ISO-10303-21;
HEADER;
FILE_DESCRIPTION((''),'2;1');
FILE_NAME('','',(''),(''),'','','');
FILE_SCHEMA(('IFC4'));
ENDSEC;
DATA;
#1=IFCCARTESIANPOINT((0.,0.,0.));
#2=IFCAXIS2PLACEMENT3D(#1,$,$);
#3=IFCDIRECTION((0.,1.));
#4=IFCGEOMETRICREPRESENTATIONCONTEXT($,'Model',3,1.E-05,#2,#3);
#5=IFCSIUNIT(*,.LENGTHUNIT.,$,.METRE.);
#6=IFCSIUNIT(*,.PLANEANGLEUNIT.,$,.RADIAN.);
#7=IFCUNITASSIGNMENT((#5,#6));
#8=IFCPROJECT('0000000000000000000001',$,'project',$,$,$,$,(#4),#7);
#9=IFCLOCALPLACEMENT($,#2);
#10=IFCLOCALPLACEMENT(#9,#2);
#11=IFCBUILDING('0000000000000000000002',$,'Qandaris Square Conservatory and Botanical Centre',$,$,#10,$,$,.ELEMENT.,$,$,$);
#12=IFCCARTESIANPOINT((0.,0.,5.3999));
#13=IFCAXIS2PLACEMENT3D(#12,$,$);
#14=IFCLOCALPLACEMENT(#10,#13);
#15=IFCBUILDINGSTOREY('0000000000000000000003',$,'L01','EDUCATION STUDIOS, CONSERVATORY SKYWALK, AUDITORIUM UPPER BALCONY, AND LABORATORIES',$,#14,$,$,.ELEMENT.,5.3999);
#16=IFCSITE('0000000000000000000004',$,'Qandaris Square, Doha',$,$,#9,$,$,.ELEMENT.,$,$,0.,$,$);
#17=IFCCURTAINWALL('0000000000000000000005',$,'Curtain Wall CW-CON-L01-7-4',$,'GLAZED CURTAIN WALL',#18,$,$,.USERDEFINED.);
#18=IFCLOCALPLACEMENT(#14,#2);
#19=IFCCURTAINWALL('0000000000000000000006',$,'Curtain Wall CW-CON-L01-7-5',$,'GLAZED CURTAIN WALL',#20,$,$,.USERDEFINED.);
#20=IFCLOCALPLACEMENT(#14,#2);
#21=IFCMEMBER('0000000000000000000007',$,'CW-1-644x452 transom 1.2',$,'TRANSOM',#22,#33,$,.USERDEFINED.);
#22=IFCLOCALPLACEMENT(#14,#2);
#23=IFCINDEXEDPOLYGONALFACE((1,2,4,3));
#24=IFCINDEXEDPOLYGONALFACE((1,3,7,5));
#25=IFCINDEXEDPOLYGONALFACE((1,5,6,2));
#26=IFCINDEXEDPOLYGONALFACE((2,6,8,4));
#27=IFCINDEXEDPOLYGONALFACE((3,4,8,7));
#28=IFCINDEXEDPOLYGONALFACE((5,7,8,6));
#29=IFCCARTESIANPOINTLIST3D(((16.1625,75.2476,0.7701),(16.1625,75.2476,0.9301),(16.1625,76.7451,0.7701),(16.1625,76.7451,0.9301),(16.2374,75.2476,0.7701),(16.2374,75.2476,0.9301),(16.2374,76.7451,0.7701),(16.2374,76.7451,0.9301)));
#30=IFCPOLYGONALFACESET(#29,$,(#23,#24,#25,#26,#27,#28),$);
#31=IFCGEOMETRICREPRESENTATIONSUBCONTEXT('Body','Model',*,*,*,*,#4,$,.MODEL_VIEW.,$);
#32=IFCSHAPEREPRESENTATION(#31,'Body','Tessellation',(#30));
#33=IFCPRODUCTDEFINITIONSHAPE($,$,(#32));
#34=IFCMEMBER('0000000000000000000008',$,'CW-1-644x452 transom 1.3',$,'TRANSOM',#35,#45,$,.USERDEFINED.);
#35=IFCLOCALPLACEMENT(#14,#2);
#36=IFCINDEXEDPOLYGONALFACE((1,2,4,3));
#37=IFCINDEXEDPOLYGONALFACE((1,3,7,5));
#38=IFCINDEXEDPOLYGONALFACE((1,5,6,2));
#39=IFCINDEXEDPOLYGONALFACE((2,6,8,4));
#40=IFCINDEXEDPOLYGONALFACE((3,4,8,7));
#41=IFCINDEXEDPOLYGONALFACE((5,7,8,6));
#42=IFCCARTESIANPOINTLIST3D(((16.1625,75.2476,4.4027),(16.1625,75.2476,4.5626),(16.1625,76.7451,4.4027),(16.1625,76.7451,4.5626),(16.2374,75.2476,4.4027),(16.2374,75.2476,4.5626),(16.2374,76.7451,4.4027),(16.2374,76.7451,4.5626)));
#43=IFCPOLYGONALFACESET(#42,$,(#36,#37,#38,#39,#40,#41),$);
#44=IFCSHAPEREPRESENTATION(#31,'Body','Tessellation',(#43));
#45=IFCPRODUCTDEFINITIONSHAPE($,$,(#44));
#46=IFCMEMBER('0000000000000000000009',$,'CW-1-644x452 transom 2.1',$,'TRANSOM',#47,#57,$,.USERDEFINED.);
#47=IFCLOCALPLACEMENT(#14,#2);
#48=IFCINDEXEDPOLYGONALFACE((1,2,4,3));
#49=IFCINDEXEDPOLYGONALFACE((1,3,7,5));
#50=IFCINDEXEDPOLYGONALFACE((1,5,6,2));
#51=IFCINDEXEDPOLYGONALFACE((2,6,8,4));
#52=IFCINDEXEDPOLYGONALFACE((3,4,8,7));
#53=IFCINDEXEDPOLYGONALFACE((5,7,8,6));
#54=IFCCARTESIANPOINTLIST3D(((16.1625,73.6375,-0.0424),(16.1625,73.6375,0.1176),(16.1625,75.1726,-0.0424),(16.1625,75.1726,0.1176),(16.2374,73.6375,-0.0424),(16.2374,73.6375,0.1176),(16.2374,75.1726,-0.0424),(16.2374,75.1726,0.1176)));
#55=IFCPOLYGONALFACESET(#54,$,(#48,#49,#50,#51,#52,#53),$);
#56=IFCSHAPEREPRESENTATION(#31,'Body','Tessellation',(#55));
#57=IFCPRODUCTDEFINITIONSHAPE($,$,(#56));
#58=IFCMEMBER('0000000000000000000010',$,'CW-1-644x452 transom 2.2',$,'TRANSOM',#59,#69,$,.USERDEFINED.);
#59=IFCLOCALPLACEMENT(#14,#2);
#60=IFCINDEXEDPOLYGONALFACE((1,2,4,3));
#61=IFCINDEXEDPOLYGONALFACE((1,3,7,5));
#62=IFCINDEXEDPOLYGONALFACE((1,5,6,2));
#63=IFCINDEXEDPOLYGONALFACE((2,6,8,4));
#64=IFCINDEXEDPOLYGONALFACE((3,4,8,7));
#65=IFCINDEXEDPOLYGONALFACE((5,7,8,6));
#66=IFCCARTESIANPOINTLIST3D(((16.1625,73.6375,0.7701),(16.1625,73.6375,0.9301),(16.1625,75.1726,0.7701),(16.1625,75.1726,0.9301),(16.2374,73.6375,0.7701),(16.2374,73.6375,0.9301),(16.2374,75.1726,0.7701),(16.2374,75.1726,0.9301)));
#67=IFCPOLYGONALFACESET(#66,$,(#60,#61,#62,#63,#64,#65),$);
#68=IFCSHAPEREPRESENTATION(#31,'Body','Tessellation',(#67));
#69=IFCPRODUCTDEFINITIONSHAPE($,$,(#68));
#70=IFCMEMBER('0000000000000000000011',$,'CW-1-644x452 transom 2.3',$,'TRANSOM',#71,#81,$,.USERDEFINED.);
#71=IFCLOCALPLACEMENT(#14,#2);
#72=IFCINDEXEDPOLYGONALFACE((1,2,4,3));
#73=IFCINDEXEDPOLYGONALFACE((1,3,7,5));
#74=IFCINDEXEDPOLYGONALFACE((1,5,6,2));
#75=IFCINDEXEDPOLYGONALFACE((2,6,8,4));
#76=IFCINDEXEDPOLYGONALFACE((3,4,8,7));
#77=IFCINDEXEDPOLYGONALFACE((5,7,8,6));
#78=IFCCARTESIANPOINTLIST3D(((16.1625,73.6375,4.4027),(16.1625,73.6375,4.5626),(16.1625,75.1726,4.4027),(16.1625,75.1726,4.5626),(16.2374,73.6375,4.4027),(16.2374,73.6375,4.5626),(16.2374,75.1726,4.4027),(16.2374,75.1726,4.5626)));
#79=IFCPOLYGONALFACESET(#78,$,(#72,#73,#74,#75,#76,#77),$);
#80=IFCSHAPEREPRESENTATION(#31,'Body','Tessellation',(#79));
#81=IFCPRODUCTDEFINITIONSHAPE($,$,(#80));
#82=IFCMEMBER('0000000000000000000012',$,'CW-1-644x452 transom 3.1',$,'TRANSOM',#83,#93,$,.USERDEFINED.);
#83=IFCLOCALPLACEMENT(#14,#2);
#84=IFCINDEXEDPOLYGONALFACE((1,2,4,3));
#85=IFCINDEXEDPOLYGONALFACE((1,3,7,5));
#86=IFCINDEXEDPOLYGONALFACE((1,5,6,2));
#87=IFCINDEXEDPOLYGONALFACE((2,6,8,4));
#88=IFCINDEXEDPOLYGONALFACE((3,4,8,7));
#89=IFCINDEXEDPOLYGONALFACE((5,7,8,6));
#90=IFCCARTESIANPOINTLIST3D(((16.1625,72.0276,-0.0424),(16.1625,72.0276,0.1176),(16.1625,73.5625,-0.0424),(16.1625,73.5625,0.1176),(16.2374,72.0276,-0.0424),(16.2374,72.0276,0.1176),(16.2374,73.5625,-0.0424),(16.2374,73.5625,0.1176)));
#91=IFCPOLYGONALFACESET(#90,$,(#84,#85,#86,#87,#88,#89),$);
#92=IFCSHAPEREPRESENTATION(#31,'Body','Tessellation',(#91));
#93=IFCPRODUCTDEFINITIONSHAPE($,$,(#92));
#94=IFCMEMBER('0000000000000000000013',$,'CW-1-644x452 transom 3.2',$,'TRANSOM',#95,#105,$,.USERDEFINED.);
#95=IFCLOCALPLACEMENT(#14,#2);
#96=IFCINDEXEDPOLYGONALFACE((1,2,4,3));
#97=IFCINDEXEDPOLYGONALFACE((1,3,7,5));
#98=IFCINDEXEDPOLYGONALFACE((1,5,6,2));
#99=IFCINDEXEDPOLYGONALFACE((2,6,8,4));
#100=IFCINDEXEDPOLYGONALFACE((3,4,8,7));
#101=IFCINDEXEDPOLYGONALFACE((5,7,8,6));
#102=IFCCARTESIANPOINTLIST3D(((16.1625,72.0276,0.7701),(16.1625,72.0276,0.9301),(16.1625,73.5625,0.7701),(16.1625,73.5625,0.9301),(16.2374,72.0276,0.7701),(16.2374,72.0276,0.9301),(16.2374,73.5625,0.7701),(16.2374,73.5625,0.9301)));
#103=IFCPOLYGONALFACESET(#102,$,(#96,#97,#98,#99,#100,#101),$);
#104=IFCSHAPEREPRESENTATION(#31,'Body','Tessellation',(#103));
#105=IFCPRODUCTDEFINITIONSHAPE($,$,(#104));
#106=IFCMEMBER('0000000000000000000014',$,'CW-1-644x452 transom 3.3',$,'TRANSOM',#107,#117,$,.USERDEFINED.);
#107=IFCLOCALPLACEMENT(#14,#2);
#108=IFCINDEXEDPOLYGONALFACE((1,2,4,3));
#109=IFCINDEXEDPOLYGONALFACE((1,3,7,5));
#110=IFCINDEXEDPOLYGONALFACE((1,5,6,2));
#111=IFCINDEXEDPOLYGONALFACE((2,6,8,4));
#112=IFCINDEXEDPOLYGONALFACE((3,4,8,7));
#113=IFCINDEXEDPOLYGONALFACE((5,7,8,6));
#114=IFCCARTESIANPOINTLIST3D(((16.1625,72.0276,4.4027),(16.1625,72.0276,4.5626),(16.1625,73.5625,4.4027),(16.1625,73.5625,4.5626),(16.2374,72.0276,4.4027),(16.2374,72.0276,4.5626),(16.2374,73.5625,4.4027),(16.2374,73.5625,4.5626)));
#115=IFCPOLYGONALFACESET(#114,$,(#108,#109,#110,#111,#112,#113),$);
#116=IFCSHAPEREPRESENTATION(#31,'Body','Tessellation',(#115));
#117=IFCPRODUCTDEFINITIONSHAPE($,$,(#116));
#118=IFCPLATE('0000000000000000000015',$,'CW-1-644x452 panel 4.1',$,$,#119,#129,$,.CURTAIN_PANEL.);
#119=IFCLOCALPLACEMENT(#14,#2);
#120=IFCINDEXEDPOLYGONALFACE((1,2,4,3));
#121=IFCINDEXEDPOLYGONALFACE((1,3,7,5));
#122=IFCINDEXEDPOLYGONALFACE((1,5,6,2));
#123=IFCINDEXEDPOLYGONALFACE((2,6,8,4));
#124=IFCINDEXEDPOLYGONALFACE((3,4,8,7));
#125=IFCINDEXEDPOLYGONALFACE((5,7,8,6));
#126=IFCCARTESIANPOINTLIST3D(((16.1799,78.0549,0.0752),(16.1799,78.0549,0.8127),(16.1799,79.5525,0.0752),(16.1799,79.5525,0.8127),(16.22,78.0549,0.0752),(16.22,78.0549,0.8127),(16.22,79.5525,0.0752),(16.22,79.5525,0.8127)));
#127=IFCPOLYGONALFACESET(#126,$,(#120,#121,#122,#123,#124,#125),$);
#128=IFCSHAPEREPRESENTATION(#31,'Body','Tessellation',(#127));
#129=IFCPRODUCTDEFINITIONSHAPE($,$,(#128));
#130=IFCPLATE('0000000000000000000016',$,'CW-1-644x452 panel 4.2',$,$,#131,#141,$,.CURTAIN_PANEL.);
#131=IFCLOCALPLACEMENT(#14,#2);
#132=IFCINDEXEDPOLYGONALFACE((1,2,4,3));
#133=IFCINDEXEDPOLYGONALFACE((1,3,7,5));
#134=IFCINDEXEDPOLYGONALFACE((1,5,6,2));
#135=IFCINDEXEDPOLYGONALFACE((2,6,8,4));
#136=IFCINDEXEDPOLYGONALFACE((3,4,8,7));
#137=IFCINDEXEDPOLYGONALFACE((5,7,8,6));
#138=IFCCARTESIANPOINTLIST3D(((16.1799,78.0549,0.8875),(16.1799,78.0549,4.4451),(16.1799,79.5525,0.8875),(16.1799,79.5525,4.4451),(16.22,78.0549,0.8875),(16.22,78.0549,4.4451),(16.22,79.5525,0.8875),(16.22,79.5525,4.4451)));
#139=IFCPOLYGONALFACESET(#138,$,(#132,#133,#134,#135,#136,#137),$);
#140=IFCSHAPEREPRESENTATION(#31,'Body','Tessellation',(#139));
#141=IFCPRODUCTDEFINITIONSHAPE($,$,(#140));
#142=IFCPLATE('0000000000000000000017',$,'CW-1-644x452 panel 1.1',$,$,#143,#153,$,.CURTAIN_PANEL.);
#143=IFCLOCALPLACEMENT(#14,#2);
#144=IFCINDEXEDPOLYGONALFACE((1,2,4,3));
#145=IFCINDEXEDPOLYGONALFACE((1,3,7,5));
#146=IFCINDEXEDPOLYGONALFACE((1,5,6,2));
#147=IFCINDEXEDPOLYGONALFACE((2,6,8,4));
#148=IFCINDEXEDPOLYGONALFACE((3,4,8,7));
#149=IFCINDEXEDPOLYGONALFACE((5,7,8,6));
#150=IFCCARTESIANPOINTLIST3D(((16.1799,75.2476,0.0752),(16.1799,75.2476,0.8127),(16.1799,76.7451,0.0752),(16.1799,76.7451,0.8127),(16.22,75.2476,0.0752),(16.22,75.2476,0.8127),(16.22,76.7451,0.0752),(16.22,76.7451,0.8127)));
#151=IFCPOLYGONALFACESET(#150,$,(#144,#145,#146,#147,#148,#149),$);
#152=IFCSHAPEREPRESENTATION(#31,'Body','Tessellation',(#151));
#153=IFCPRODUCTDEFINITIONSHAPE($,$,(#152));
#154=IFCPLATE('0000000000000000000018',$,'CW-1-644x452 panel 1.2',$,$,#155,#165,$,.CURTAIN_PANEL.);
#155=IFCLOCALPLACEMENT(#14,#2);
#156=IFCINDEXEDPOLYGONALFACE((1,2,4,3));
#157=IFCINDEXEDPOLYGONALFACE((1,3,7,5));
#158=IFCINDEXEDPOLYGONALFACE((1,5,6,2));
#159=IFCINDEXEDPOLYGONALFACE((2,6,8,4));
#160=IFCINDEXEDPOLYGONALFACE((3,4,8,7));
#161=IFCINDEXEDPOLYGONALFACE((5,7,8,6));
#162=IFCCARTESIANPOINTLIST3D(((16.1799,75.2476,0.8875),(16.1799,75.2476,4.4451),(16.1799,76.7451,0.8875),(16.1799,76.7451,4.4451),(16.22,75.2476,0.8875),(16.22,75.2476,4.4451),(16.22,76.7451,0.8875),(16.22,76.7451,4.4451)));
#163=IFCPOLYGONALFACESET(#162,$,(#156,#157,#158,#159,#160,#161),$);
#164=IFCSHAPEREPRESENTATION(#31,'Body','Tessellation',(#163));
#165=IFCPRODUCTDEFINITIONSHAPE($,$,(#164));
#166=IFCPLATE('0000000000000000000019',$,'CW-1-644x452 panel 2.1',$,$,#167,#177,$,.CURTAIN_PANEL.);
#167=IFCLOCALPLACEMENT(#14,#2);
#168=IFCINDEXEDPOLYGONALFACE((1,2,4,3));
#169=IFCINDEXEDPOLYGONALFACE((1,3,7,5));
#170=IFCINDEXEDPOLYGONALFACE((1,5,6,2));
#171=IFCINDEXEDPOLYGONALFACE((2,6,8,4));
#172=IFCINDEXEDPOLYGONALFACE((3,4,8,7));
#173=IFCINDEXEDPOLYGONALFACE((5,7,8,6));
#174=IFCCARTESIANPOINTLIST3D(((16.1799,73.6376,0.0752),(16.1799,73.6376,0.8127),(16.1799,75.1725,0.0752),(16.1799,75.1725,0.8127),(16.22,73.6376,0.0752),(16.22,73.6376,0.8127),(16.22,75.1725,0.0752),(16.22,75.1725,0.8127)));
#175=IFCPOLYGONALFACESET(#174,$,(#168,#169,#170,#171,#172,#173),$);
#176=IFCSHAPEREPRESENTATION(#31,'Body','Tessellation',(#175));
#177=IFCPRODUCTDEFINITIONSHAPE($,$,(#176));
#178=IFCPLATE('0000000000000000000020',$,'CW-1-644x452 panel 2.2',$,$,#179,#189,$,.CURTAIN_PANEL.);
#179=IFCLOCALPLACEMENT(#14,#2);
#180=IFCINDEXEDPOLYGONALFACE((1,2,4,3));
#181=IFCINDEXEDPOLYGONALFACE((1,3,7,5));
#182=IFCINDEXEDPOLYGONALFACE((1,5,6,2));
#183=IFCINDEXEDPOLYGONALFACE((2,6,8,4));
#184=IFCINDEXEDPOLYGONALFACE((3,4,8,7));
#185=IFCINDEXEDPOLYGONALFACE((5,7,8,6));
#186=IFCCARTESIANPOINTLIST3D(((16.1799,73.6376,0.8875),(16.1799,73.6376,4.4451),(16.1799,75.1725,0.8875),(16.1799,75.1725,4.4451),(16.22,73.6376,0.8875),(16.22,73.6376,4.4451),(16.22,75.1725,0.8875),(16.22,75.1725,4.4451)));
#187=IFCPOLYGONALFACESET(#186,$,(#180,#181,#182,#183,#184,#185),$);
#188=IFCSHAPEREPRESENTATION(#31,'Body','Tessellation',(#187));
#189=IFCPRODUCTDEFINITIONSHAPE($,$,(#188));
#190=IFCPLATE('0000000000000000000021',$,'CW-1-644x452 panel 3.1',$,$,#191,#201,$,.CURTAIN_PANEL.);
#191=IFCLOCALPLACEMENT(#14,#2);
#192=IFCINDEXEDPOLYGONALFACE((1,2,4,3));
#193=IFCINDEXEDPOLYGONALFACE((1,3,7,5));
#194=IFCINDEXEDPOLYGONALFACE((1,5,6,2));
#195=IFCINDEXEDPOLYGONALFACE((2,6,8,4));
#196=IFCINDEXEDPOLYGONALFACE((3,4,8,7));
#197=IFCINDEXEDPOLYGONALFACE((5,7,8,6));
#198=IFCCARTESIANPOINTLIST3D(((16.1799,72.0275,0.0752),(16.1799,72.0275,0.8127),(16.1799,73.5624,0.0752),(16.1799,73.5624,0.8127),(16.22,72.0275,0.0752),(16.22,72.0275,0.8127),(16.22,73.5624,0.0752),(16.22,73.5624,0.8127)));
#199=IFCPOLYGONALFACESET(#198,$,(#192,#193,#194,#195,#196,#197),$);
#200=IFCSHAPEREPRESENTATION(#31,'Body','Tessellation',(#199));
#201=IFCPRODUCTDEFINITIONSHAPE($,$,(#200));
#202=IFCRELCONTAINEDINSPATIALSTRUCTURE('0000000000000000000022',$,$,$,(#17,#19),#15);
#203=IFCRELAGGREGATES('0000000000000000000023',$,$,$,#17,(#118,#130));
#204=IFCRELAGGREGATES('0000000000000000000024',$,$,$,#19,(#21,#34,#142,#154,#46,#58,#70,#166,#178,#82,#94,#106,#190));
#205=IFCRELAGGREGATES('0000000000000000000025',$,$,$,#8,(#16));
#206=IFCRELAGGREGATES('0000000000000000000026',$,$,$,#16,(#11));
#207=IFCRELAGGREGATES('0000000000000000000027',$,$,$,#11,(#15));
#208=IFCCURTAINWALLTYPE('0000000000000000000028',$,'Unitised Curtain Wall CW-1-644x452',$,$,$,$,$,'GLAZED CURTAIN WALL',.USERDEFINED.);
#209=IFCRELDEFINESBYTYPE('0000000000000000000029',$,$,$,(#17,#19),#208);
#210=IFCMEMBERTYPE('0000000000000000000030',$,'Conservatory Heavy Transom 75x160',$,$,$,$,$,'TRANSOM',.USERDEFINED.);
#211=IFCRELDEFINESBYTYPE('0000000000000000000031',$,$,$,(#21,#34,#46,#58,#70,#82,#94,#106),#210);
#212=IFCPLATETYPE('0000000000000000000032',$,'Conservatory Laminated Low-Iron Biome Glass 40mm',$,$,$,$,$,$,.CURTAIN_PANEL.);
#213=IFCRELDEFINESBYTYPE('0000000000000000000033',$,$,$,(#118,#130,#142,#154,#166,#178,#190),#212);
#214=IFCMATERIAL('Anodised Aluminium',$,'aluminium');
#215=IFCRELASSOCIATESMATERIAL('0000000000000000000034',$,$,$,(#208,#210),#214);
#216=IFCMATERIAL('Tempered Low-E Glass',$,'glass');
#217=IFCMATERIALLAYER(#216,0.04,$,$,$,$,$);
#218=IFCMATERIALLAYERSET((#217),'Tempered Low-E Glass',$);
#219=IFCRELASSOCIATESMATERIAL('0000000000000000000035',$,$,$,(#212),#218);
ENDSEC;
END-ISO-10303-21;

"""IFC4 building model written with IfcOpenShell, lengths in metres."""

from ifc_helpers import new_model, si_unit, direction, frame, origin, origin_2d, place, context, subcontext, project, spatial, rectangle, extrude, material, layer, layer_set, material_profile, profile_set, type_object, element, aggregate, save


model = new_model("IFC4")

# Units and contexts
model_context = context("Model", 3, precision=1e-05, world=origin(), true_north=direction((0.0, 1.0)))
body_context = subcontext(model_context, "Body", "Model", "MODEL_VIEW")
ifc_project = project(units=[si_unit("LENGTHUNIT", "METRE"), si_unit("PLANEANGLEUNIT", "RADIAN")], contexts=[model_context])

# Site, building, storey
site_placement = place(None, origin())
site = spatial("IfcSite", under=ifc_project, at=site_placement, Name="Qandaris Square, Doha", CompositionType="ELEMENT", RefElevation=0.0)
building_placement = place(site_placement, origin())
building = spatial("IfcBuilding", under=site, at=building_placement, Name="Qandaris Square Conservatory and Botanical Centre", CompositionType="ELEMENT")
storey_placement = place(building_placement, frame((0.0, 0.0, 5.3999)))
storey = spatial("IfcBuildingStorey", under=building, at=storey_placement, Name="L01", Description="EDUCATION STUDIOS, CONSERVATORY SKYWALK, AUDITORIUM UPPER BALCONY, AND LABORATORIES", CompositionType="ELEMENT", Elevation=5.3999)

# Curtain wall
ifc_material_1 = material(Name="Anodised Aluminium", Category="aluminium")
curtain_wall_type = type_object("IfcCurtainWallType", Name="Unitised Curtain Wall CW-1-644x452", ElementType="GLAZED CURTAIN WALL", PredefinedType="USERDEFINED", material=ifc_material_1)
curtain_wall_1_placement = place(storey_placement, origin())
curtain_wall_1 = element("IfcCurtainWall", 1, at=curtain_wall_1_placement, inside=storey, type_object=curtain_wall_type, Name="Curtain Wall CW-CON-L01-7-4", ObjectType="GLAZED CURTAIN WALL", PredefinedType="USERDEFINED")

# Curtain wall
curtain_wall_2_placement = place(storey_placement, origin())
curtain_wall_2 = element("IfcCurtainWall", 2, at=curtain_wall_2_placement, inside=storey, type_object=curtain_wall_type, Name="Curtain Wall CW-CON-L01-7-5", ObjectType="GLAZED CURTAIN WALL", PredefinedType="USERDEFINED")

# Members
ifc_material_profile_1 = material_profile(ifc_material_1, rectangle(XDim=0.075, YDim=0.1599, at=origin_2d()), Name="ALU-TRN 75x160")
ifc_profile_set_1 = profile_set([ifc_material_profile_1], Name="Anodised Aluminium")
member_type_1 = type_object("IfcMemberType", Name="Conservatory Heavy Transom 75x160", ElementType="TRANSOM", PredefinedType="USERDEFINED", material=ifc_profile_set_1)
member_1_placement = place(storey_placement, frame((16.2, 76.7451, 0.8501), z_axis=(0.0, -1.0, 0.0), x_axis=(1.0, 0.0, 0.0)))
member_1 = element("IfcMember", 3, at=member_1_placement, type_object=member_type_1, Name="CW-1-644x452 transom 1.2", ObjectType="TRANSOM", PredefinedType="USERDEFINED", context=body_context, shape_type="SweptSolid", body=[
    extrude(rectangle(XDim=0.075, YDim=0.1599, at=origin_2d()), origin(), (0.0, 0.0, 1.0), 1.4976),
])
member_2_placement = place(storey_placement, frame((16.2, 76.7451, 4.4827), z_axis=(0.0, -1.0, 0.0), x_axis=(1.0, 0.0, 0.0)))
member_2 = element("IfcMember", 4, at=member_2_placement, type_object=member_type_1, Name="CW-1-644x452 transom 1.3", ObjectType="TRANSOM", PredefinedType="USERDEFINED", context=body_context, shape_type="SweptSolid", body=[
    extrude(rectangle(XDim=0.075, YDim=0.1599, at=origin_2d()), origin(), (0.0, 0.0, 1.0), 1.4976),
])
member_3_placement = place(storey_placement, frame((16.2, 75.1726, 0.0376), z_axis=(0.0, -1.0, 0.0), x_axis=(1.0, 0.0, 0.0)))
member_3 = element("IfcMember", 5, at=member_3_placement, type_object=member_type_1, Name="CW-1-644x452 transom 2.1", ObjectType="TRANSOM", PredefinedType="USERDEFINED", context=body_context, shape_type="SweptSolid", body=[
    extrude(rectangle(XDim=0.075, YDim=0.1599, at=origin_2d()), origin(), (0.0, 0.0, 1.0), 1.5352),
])
member_4_placement = place(storey_placement, frame((16.2, 75.1726, 0.8501), z_axis=(0.0, -1.0, 0.0), x_axis=(1.0, 0.0, 0.0)))
member_4 = element("IfcMember", 6, at=member_4_placement, type_object=member_type_1, Name="CW-1-644x452 transom 2.2", ObjectType="TRANSOM", PredefinedType="USERDEFINED", context=body_context, shape_type="SweptSolid", body=[
    extrude(rectangle(XDim=0.075, YDim=0.1599, at=origin_2d()), origin(), (0.0, 0.0, 1.0), 1.5352),
])
member_5_placement = place(storey_placement, frame((16.2, 75.1726, 4.4827), z_axis=(0.0, -1.0, 0.0), x_axis=(1.0, 0.0, 0.0)))
member_5 = element("IfcMember", 7, at=member_5_placement, type_object=member_type_1, Name="CW-1-644x452 transom 2.3", ObjectType="TRANSOM", PredefinedType="USERDEFINED", context=body_context, shape_type="SweptSolid", body=[
    extrude(rectangle(XDim=0.075, YDim=0.1599, at=origin_2d()), origin(), (0.0, 0.0, 1.0), 1.5352),
])
member_6_placement = place(storey_placement, frame((16.2, 73.5625, 0.0376), z_axis=(0.0, -1.0, 0.0), x_axis=(1.0, 0.0, 0.0)))
member_6 = element("IfcMember", 8, at=member_6_placement, type_object=member_type_1, Name="CW-1-644x452 transom 3.1", ObjectType="TRANSOM", PredefinedType="USERDEFINED", context=body_context, shape_type="SweptSolid", body=[
    extrude(rectangle(XDim=0.075, YDim=0.1599, at=origin_2d()), origin(), (0.0, 0.0, 1.0), 1.5349),
])
member_7_placement = place(storey_placement, frame((16.2, 73.5625, 0.8501), z_axis=(0.0, -1.0, 0.0), x_axis=(1.0, 0.0, 0.0)))
member_7 = element("IfcMember", 9, at=member_7_placement, type_object=member_type_1, Name="CW-1-644x452 transom 3.2", ObjectType="TRANSOM", PredefinedType="USERDEFINED", context=body_context, shape_type="SweptSolid", body=[
    extrude(rectangle(XDim=0.075, YDim=0.1599, at=origin_2d()), origin(), (0.0, 0.0, 1.0), 1.5349),
])
member_8_placement = place(storey_placement, frame((16.2, 73.5625, 4.4827), z_axis=(0.0, -1.0, 0.0), x_axis=(1.0, 0.0, 0.0)))
member_8 = element("IfcMember", 10, at=member_8_placement, type_object=member_type_1, Name="CW-1-644x452 transom 3.3", ObjectType="TRANSOM", PredefinedType="USERDEFINED", context=body_context, shape_type="SweptSolid", body=[
    extrude(rectangle(XDim=0.075, YDim=0.1599, at=origin_2d()), origin(), (0.0, 0.0, 1.0), 1.5349),
])

# Plates
ifc_material_2 = material(Name="Tempered Low-E Glass", Category="glass")
ifc_layer_1 = layer(ifc_material_2, 0.04)
ifc_layer_set_1 = layer_set([ifc_layer_1], Name="Tempered Low-E Glass")
plate_type_1 = type_object("IfcPlateType", Name="Conservatory Laminated Low-Iron Biome Glass 40mm", PredefinedType="CURTAIN_PANEL", material=ifc_layer_set_1)
plate_1_placement = place(storey_placement, frame((16.2, 78.8037, 0.0752), z_axis=(0.0, 0.0, 1.0), x_axis=(0.0, -1.0, 0.0)))
plate_1 = element("IfcPlate", 11, at=plate_1_placement, type_object=plate_type_1, Name="CW-1-644x452 panel 4.1", PredefinedType="CURTAIN_PANEL", context=body_context, shape_type="SweptSolid", body=[
    extrude(rectangle(XDim=1.4976, YDim=0.04, at=origin_2d()), origin(), (0.0, 0.0, 1.0), 0.7375),
])
plate_2_placement = place(storey_placement, frame((16.2, 78.8037, 0.8875), z_axis=(0.0, 0.0, 1.0), x_axis=(0.0, -1.0, 0.0)))
plate_2 = element("IfcPlate", 12, at=plate_2_placement, type_object=plate_type_1, Name="CW-1-644x452 panel 4.2", PredefinedType="CURTAIN_PANEL", context=body_context, shape_type="SweptSolid", body=[
    extrude(rectangle(XDim=1.4976, YDim=0.04, at=origin_2d()), origin(), (0.0, 0.0, 1.0), 3.5576),
])
aggregate(curtain_wall_1, [plate_1, plate_2])
plate_3_placement = place(storey_placement, frame((16.2, 75.9963, 0.0752), z_axis=(0.0, 0.0, 1.0), x_axis=(0.0, -1.0, 0.0)))
plate_3 = element("IfcPlate", 13, at=plate_3_placement, type_object=plate_type_1, Name="CW-1-644x452 panel 1.1", PredefinedType="CURTAIN_PANEL", context=body_context, shape_type="SweptSolid", body=[
    extrude(rectangle(XDim=1.4976, YDim=0.04, at=origin_2d()), origin(), (0.0, 0.0, 1.0), 0.7375),
])
plate_4_placement = place(storey_placement, frame((16.2, 75.9963, 0.8875), z_axis=(0.0, 0.0, 1.0), x_axis=(0.0, -1.0, 0.0)))
plate_4 = element("IfcPlate", 14, at=plate_4_placement, type_object=plate_type_1, Name="CW-1-644x452 panel 1.2", PredefinedType="CURTAIN_PANEL", context=body_context, shape_type="SweptSolid", body=[
    extrude(rectangle(XDim=1.4976, YDim=0.04, at=origin_2d()), origin(), (0.0, 0.0, 1.0), 3.5576),
])
plate_5_placement = place(storey_placement, frame((16.2, 74.405, 0.0752), z_axis=(0.0, 0.0, 1.0), x_axis=(0.0, -1.0, 0.0)))
plate_5 = element("IfcPlate", 15, at=plate_5_placement, type_object=plate_type_1, Name="CW-1-644x452 panel 2.1", PredefinedType="CURTAIN_PANEL", context=body_context, shape_type="SweptSolid", body=[
    extrude(rectangle(XDim=1.5349, YDim=0.04, at=origin_2d()), origin(), (0.0, 0.0, 1.0), 0.7375),
])
plate_6_placement = place(storey_placement, frame((16.2, 74.405, 0.8875), z_axis=(0.0, 0.0, 1.0), x_axis=(0.0, -1.0, 0.0)))
plate_6 = element("IfcPlate", 16, at=plate_6_placement, type_object=plate_type_1, Name="CW-1-644x452 panel 2.2", PredefinedType="CURTAIN_PANEL", context=body_context, shape_type="SweptSolid", body=[
    extrude(rectangle(XDim=1.5349, YDim=0.04, at=origin_2d()), origin(), (0.0, 0.0, 1.0), 3.5576),
])
plate_7_placement = place(storey_placement, frame((16.2, 72.7949, 0.0752), z_axis=(0.0, 0.0, 1.0), x_axis=(0.0, -1.0, 0.0)))
plate_7 = element("IfcPlate", 17, at=plate_7_placement, type_object=plate_type_1, Name="CW-1-644x452 panel 3.1", PredefinedType="CURTAIN_PANEL", context=body_context, shape_type="SweptSolid", body=[
    extrude(rectangle(XDim=1.5349, YDim=0.04, at=origin_2d()), origin(), (0.0, 0.0, 1.0), 0.7375),
])
aggregate(curtain_wall_2, [member_1, member_2, plate_3, plate_4, member_3, member_4, member_5, plate_5, plate_6, member_6, member_7, member_8, plate_7])

save(model, "model.ifc")
